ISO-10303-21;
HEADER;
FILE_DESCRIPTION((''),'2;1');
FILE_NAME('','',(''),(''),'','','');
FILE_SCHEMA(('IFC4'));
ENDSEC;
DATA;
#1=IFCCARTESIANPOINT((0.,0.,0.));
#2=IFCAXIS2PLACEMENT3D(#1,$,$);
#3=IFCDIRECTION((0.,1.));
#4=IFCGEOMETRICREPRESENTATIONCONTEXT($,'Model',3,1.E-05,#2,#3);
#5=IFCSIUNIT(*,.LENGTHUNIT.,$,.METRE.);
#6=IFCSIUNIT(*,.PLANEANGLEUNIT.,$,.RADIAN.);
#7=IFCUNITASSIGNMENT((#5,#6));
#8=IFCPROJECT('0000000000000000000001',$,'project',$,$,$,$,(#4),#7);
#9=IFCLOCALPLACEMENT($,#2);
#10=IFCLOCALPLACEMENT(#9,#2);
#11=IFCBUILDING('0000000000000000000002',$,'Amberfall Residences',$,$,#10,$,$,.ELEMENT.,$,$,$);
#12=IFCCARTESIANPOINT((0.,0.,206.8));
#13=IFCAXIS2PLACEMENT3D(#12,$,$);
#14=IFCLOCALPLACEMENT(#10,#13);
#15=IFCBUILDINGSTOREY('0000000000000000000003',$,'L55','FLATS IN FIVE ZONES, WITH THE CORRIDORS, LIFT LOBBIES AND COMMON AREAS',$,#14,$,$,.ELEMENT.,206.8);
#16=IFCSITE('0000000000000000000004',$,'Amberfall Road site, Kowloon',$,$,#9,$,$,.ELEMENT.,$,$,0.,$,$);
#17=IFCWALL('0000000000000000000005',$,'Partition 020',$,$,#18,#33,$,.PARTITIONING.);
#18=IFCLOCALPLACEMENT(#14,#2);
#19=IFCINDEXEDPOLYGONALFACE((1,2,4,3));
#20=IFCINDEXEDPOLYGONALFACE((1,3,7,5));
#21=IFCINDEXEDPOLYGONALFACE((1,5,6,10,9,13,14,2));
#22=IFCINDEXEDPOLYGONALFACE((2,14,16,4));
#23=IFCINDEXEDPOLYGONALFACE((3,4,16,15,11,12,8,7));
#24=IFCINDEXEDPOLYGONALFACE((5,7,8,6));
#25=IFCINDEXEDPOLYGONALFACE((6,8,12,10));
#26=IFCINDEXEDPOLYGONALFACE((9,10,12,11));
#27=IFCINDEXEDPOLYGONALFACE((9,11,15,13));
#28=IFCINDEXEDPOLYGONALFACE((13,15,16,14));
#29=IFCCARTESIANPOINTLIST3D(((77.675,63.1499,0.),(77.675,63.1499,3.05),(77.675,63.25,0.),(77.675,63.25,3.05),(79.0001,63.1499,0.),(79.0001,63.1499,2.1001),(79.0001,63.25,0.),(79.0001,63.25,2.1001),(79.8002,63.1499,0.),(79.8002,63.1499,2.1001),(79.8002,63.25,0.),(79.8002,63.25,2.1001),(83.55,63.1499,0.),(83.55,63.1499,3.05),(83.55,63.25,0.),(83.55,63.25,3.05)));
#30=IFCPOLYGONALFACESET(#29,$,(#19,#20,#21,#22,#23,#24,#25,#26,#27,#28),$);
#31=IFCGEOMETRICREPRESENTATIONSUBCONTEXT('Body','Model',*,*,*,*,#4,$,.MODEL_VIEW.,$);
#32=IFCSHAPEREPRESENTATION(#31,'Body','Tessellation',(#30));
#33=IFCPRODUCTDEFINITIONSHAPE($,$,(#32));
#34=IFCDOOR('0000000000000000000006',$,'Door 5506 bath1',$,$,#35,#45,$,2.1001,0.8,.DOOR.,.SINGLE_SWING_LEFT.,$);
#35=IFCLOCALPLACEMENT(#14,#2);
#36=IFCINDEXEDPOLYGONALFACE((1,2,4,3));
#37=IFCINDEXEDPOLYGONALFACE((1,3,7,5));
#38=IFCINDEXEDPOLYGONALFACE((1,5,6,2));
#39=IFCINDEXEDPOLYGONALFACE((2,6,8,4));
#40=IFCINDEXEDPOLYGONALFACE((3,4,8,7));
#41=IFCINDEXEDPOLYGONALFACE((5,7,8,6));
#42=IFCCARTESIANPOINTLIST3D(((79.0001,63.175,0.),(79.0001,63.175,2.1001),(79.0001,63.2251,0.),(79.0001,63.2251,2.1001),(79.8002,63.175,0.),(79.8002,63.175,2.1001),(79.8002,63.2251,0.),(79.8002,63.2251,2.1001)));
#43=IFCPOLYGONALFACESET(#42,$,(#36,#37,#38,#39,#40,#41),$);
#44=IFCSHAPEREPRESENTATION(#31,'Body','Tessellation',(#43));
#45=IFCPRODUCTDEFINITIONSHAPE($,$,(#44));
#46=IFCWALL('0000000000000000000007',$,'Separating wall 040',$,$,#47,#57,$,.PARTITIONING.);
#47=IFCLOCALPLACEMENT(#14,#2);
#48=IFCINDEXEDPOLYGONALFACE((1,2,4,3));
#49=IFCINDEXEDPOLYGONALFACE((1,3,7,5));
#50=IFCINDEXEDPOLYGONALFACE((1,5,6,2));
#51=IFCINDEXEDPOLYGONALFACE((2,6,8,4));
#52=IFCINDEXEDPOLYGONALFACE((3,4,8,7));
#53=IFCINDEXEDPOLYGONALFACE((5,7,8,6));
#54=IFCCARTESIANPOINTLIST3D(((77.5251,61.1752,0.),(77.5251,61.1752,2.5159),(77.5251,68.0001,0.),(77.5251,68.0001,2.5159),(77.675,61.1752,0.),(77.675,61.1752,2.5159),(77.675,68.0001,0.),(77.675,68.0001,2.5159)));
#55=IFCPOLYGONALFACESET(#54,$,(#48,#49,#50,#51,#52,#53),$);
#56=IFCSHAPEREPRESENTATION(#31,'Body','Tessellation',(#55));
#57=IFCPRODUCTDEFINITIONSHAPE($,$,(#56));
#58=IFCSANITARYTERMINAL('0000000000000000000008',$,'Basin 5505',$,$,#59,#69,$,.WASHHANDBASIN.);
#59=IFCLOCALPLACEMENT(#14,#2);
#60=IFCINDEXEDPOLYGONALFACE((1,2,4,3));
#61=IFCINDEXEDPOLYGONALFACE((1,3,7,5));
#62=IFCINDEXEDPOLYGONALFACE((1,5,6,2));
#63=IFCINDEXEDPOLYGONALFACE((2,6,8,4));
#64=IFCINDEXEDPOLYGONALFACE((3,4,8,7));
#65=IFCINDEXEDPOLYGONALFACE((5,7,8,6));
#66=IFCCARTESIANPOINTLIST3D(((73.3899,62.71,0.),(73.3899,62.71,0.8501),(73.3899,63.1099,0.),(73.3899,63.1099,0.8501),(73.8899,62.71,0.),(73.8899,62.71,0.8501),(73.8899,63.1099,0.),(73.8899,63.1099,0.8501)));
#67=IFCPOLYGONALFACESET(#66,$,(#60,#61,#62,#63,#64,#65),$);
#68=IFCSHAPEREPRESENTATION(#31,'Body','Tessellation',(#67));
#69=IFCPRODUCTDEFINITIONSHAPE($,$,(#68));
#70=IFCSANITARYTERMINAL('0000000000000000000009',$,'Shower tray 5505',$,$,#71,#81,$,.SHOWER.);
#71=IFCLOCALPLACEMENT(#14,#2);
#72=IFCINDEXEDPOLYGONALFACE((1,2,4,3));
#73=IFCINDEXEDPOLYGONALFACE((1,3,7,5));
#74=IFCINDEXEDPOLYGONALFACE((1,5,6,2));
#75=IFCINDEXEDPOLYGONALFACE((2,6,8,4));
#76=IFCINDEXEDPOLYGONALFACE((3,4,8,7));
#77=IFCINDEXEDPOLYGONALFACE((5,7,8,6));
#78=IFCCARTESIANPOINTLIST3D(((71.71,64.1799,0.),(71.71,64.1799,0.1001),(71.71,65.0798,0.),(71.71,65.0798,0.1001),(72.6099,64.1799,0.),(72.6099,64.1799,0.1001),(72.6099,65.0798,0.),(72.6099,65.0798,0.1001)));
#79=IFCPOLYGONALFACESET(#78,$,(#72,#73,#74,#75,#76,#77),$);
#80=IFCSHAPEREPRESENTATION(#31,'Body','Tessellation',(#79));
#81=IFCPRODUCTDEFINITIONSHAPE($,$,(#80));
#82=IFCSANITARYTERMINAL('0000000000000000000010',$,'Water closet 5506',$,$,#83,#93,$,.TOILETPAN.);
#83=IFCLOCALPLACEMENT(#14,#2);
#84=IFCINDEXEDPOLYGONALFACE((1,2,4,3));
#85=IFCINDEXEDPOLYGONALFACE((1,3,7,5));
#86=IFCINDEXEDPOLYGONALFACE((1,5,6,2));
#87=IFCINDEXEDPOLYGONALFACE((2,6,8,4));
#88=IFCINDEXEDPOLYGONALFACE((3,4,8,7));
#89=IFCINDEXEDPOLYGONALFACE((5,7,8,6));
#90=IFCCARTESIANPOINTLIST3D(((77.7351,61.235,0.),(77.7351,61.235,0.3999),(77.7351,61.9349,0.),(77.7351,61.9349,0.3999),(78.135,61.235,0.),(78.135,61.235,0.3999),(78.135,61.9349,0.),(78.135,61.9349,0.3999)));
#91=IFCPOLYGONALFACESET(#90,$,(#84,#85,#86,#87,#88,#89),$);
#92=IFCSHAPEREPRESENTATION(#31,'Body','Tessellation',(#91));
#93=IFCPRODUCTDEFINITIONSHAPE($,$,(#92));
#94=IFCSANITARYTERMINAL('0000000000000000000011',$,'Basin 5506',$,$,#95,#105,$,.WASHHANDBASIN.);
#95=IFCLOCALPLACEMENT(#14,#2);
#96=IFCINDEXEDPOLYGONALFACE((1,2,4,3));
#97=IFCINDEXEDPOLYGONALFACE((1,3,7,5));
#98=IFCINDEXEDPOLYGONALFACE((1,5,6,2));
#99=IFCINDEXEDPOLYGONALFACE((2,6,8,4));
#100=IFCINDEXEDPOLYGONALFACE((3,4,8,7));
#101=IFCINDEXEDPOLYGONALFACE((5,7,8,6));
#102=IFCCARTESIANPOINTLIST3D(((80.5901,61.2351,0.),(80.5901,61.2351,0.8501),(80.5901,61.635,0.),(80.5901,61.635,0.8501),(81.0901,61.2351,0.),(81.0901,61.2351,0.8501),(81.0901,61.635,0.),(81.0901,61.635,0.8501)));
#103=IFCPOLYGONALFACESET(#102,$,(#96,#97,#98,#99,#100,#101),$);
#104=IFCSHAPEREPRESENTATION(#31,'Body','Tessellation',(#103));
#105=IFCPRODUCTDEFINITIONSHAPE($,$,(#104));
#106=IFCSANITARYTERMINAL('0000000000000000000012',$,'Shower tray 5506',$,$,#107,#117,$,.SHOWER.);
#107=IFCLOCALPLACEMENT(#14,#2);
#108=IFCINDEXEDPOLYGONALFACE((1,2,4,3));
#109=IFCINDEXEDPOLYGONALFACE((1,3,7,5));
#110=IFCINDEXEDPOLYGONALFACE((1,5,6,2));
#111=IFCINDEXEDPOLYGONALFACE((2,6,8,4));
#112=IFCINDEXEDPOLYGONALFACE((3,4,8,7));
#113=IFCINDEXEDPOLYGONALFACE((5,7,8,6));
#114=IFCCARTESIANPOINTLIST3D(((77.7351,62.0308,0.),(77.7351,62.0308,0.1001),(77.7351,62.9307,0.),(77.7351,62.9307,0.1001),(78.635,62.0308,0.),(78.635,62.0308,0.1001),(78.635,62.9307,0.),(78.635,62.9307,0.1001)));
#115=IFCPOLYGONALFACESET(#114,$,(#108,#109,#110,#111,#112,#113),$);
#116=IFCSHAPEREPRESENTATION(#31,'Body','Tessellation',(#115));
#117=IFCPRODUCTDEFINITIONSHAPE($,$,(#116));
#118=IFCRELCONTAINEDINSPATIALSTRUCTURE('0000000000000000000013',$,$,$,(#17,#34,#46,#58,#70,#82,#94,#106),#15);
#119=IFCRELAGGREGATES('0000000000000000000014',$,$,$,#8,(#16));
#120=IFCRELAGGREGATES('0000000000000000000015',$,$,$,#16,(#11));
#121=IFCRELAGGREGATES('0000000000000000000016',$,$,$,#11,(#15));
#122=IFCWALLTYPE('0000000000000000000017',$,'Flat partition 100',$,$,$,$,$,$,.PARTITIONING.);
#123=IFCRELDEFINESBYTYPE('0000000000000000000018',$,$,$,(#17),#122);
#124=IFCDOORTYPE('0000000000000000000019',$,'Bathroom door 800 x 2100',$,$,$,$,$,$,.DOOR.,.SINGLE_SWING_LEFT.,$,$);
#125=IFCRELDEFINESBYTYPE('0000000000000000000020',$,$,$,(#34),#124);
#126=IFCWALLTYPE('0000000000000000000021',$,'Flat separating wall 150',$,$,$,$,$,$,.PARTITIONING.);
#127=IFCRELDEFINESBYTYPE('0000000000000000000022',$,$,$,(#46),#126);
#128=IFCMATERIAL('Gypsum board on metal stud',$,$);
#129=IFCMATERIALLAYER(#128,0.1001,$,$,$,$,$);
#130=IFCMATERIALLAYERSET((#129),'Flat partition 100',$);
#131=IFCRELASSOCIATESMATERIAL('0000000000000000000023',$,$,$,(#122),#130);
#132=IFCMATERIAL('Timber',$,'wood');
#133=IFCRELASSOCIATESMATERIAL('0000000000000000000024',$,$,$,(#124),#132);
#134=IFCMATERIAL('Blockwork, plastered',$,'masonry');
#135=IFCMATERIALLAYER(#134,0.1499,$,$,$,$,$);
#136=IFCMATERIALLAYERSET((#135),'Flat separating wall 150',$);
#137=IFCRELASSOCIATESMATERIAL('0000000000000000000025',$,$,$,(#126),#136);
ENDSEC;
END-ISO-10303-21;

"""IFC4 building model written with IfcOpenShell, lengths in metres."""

from ifc_helpers import new_model, si_unit, direction, frame, frame_2d, origin, origin_2d, place, context, subcontext, project, spatial, rectangle, extrude, material, layer, layer_set, type_object, element, fill, save


model = new_model("IFC4")

# Units and contexts
model_context = context("Model", 3, precision=1e-05, world=origin(), true_north=direction((0.0, 1.0)))
body_context = subcontext(model_context, "Body", "Model", "MODEL_VIEW")
ifc_project = project(units=[si_unit("LENGTHUNIT", "METRE"), si_unit("PLANEANGLEUNIT", "RADIAN")], contexts=[model_context])

# Site, building, storey
site_placement = place(None, origin())
site = spatial("IfcSite", under=ifc_project, at=site_placement, Name="Amberfall Road site, Kowloon", CompositionType="ELEMENT", RefElevation=0.0)
building_placement = place(site_placement, origin())
building = spatial("IfcBuilding", under=site, at=building_placement, Name="Amberfall Residences", CompositionType="ELEMENT")
storey_placement = place(building_placement, frame((0.0, 0.0, 206.8)))
storey = spatial("IfcBuildingStorey", under=building, at=storey_placement, Name="L55", Description="FLATS IN FIVE ZONES, WITH THE CORRIDORS, LIFT LOBBIES AND COMMON AREAS", CompositionType="ELEMENT", Elevation=206.8)

# Shared definitions
ifc_material_1 = material(Name="Gypsum board on metal stud")
ifc_layer_1 = layer(ifc_material_1, 0.1001)
ifc_layer_set_1 = layer_set([ifc_layer_1], Name="Flat partition 100")
wall_type_1 = type_object("IfcWallType", Name="Flat partition 100", PredefinedType="PARTITIONING", material=ifc_layer_set_1)

# Shared definitions
ifc_material_2 = material(Name="Timber", Category="wood")

# Wall, opening, door
wall_1_placement = place(storey_placement, frame((83.55, 63.2, 0.0), z_axis=(0.0, 0.0, 1.0), x_axis=(-1.0, 0.0, 0.0)))
wall_1 = element("IfcWall", 1, at=wall_1_placement, inside=storey, type_object=wall_type_1, Name="Partition 020", PredefinedType="PARTITIONING", context=body_context, shape_type="SweptSolid", body=[
    extrude(rectangle(XDim=5.875, YDim=0.1001, at=frame_2d((2.9375, 0.0))), origin(), (0.0, 0.0, 1.0), 3.05),
])
opening_1_placement = place(wall_1_placement, frame((3.75, 0.0, 0.0)))
opening_1 = element("IfcOpeningElement", 2, at=opening_1_placement, cuts=wall_1, PredefinedType="OPENING", context=body_context, shape_type="SweptSolid", body=[
    extrude(rectangle(XDim=0.8, YDim=2.1001, at=frame_2d((0.3999, 1.05))), frame((0.0, 0.0601, 0.0), z_axis=(0.0, -1.0, 0.0), x_axis=(1.0, 0.0, 0.0)), (0.0, 0.0, 1.0), 0.1201),
])
door_type_1 = type_object("IfcDoorType", Name="Bathroom door 800 x 2100", OperationType="SINGLE_SWING_LEFT", PredefinedType="DOOR", material=ifc_material_2)
door_1_placement = place(opening_1_placement, origin())
door_1 = element("IfcDoor", 3, at=door_1_placement, inside=storey, type_object=door_type_1, Name="Door 5506 bath1", OperationType="SINGLE_SWING_LEFT", OverallHeight=2.1001, OverallWidth=0.8, PredefinedType="DOOR", context=body_context, shape_type="SweptSolid", body=[
    extrude(rectangle(XDim=0.8, YDim=2.1001, at=frame_2d((0.3999, 1.05))), frame((0.0, 0.0249, 0.0), z_axis=(0.0, -1.0, 0.0), x_axis=(1.0, 0.0, 0.0)), (0.0, 0.0, 1.0), 0.05),
])
fill(opening_1, door_1)

# Wall
ifc_material_3 = material(Name="Blockwork, plastered", Category="masonry")
ifc_layer_2 = layer(ifc_material_3, 0.1499)
ifc_layer_set_2 = layer_set([ifc_layer_2], Name="Flat separating wall 150")
wall_type_2 = type_object("IfcWallType", Name="Flat separating wall 150", PredefinedType="PARTITIONING", material=ifc_layer_set_2)
wall_2_placement = place(storey_placement, frame((77.6001, 61.175, 0.0), z_axis=(0.0, 0.0, 1.0), x_axis=(0.0, 1.0, 0.0)))
element("IfcWall", 4, at=wall_2_placement, inside=storey, type_object=wall_type_2, Name="Separating wall 040", PredefinedType="PARTITIONING", context=body_context, shape_type="SweptSolid", body=[
    extrude(rectangle(XDim=6.825, YDim=0.1499, at=frame_2d((3.4126, 0.0))), origin(), (0.0, 0.0, 1.0), 2.5159),
])

# Sanitary terminals
sanitary_terminal_1_placement = place(storey_placement, frame((73.6399, 62.9099, 0.0), z_axis=(0.0, 0.0, 1.0), x_axis=(1.0, 0.0, 0.0)))
element("IfcSanitaryTerminal", 5, at=sanitary_terminal_1_placement, inside=storey, Name="Basin 5505", PredefinedType="WASHHANDBASIN", context=body_context, shape_type="SweptSolid", body=[
    extrude(rectangle(XDim=0.5, YDim=0.3999, at=origin_2d()), origin(), (0.0, 0.0, 1.0), 0.8501),
])
sanitary_terminal_2_placement = place(storey_placement, frame((72.1599, 64.6299, 0.0), z_axis=(0.0, 0.0, 1.0), x_axis=(1.0, 0.0, 0.0)))
element("IfcSanitaryTerminal", 6, at=sanitary_terminal_2_placement, inside=storey, Name="Shower tray 5505", PredefinedType="SHOWER", context=body_context, shape_type="SweptSolid", body=[
    extrude(rectangle(XDim=0.8999, YDim=0.8999, at=origin_2d()), origin(), (0.0, 0.0, 1.0), 0.1001),
])
sanitary_terminal_3_placement = place(storey_placement, frame((77.9351, 61.585, 0.0), z_axis=(0.0, 0.0, 1.0), x_axis=(1.0, 0.0, 0.0)))
element("IfcSanitaryTerminal", 7, at=sanitary_terminal_3_placement, inside=storey, Name="Water closet 5506", PredefinedType="TOILETPAN", context=body_context, shape_type="SweptSolid", body=[
    extrude(rectangle(XDim=0.3999, YDim=0.7, at=origin_2d()), origin(), (0.0, 0.0, 1.0), 0.3999),
])
sanitary_terminal_4_placement = place(storey_placement, frame((80.8401, 61.4351, 0.0), z_axis=(0.0, 0.0, 1.0), x_axis=(1.0, 0.0, 0.0)))
element("IfcSanitaryTerminal", 8, at=sanitary_terminal_4_placement, inside=storey, Name="Basin 5506", PredefinedType="WASHHANDBASIN", context=body_context, shape_type="SweptSolid", body=[
    extrude(rectangle(XDim=0.5, YDim=0.3999, at=origin_2d()), origin(), (0.0, 0.0, 1.0), 0.8501),
])
sanitary_terminal_5_placement = place(storey_placement, frame((78.1851, 62.4807, 0.0), z_axis=(0.0, 0.0, 1.0), x_axis=(1.0, 0.0, 0.0)))
element("IfcSanitaryTerminal", 9, at=sanitary_terminal_5_placement, inside=storey, Name="Shower tray 5506", PredefinedType="SHOWER", context=body_context, shape_type="SweptSolid", body=[
    extrude(rectangle(XDim=0.8999, YDim=0.8999, at=origin_2d()), origin(), (0.0, 0.0, 1.0), 0.1001),
])

save(model, "model.ifc")
